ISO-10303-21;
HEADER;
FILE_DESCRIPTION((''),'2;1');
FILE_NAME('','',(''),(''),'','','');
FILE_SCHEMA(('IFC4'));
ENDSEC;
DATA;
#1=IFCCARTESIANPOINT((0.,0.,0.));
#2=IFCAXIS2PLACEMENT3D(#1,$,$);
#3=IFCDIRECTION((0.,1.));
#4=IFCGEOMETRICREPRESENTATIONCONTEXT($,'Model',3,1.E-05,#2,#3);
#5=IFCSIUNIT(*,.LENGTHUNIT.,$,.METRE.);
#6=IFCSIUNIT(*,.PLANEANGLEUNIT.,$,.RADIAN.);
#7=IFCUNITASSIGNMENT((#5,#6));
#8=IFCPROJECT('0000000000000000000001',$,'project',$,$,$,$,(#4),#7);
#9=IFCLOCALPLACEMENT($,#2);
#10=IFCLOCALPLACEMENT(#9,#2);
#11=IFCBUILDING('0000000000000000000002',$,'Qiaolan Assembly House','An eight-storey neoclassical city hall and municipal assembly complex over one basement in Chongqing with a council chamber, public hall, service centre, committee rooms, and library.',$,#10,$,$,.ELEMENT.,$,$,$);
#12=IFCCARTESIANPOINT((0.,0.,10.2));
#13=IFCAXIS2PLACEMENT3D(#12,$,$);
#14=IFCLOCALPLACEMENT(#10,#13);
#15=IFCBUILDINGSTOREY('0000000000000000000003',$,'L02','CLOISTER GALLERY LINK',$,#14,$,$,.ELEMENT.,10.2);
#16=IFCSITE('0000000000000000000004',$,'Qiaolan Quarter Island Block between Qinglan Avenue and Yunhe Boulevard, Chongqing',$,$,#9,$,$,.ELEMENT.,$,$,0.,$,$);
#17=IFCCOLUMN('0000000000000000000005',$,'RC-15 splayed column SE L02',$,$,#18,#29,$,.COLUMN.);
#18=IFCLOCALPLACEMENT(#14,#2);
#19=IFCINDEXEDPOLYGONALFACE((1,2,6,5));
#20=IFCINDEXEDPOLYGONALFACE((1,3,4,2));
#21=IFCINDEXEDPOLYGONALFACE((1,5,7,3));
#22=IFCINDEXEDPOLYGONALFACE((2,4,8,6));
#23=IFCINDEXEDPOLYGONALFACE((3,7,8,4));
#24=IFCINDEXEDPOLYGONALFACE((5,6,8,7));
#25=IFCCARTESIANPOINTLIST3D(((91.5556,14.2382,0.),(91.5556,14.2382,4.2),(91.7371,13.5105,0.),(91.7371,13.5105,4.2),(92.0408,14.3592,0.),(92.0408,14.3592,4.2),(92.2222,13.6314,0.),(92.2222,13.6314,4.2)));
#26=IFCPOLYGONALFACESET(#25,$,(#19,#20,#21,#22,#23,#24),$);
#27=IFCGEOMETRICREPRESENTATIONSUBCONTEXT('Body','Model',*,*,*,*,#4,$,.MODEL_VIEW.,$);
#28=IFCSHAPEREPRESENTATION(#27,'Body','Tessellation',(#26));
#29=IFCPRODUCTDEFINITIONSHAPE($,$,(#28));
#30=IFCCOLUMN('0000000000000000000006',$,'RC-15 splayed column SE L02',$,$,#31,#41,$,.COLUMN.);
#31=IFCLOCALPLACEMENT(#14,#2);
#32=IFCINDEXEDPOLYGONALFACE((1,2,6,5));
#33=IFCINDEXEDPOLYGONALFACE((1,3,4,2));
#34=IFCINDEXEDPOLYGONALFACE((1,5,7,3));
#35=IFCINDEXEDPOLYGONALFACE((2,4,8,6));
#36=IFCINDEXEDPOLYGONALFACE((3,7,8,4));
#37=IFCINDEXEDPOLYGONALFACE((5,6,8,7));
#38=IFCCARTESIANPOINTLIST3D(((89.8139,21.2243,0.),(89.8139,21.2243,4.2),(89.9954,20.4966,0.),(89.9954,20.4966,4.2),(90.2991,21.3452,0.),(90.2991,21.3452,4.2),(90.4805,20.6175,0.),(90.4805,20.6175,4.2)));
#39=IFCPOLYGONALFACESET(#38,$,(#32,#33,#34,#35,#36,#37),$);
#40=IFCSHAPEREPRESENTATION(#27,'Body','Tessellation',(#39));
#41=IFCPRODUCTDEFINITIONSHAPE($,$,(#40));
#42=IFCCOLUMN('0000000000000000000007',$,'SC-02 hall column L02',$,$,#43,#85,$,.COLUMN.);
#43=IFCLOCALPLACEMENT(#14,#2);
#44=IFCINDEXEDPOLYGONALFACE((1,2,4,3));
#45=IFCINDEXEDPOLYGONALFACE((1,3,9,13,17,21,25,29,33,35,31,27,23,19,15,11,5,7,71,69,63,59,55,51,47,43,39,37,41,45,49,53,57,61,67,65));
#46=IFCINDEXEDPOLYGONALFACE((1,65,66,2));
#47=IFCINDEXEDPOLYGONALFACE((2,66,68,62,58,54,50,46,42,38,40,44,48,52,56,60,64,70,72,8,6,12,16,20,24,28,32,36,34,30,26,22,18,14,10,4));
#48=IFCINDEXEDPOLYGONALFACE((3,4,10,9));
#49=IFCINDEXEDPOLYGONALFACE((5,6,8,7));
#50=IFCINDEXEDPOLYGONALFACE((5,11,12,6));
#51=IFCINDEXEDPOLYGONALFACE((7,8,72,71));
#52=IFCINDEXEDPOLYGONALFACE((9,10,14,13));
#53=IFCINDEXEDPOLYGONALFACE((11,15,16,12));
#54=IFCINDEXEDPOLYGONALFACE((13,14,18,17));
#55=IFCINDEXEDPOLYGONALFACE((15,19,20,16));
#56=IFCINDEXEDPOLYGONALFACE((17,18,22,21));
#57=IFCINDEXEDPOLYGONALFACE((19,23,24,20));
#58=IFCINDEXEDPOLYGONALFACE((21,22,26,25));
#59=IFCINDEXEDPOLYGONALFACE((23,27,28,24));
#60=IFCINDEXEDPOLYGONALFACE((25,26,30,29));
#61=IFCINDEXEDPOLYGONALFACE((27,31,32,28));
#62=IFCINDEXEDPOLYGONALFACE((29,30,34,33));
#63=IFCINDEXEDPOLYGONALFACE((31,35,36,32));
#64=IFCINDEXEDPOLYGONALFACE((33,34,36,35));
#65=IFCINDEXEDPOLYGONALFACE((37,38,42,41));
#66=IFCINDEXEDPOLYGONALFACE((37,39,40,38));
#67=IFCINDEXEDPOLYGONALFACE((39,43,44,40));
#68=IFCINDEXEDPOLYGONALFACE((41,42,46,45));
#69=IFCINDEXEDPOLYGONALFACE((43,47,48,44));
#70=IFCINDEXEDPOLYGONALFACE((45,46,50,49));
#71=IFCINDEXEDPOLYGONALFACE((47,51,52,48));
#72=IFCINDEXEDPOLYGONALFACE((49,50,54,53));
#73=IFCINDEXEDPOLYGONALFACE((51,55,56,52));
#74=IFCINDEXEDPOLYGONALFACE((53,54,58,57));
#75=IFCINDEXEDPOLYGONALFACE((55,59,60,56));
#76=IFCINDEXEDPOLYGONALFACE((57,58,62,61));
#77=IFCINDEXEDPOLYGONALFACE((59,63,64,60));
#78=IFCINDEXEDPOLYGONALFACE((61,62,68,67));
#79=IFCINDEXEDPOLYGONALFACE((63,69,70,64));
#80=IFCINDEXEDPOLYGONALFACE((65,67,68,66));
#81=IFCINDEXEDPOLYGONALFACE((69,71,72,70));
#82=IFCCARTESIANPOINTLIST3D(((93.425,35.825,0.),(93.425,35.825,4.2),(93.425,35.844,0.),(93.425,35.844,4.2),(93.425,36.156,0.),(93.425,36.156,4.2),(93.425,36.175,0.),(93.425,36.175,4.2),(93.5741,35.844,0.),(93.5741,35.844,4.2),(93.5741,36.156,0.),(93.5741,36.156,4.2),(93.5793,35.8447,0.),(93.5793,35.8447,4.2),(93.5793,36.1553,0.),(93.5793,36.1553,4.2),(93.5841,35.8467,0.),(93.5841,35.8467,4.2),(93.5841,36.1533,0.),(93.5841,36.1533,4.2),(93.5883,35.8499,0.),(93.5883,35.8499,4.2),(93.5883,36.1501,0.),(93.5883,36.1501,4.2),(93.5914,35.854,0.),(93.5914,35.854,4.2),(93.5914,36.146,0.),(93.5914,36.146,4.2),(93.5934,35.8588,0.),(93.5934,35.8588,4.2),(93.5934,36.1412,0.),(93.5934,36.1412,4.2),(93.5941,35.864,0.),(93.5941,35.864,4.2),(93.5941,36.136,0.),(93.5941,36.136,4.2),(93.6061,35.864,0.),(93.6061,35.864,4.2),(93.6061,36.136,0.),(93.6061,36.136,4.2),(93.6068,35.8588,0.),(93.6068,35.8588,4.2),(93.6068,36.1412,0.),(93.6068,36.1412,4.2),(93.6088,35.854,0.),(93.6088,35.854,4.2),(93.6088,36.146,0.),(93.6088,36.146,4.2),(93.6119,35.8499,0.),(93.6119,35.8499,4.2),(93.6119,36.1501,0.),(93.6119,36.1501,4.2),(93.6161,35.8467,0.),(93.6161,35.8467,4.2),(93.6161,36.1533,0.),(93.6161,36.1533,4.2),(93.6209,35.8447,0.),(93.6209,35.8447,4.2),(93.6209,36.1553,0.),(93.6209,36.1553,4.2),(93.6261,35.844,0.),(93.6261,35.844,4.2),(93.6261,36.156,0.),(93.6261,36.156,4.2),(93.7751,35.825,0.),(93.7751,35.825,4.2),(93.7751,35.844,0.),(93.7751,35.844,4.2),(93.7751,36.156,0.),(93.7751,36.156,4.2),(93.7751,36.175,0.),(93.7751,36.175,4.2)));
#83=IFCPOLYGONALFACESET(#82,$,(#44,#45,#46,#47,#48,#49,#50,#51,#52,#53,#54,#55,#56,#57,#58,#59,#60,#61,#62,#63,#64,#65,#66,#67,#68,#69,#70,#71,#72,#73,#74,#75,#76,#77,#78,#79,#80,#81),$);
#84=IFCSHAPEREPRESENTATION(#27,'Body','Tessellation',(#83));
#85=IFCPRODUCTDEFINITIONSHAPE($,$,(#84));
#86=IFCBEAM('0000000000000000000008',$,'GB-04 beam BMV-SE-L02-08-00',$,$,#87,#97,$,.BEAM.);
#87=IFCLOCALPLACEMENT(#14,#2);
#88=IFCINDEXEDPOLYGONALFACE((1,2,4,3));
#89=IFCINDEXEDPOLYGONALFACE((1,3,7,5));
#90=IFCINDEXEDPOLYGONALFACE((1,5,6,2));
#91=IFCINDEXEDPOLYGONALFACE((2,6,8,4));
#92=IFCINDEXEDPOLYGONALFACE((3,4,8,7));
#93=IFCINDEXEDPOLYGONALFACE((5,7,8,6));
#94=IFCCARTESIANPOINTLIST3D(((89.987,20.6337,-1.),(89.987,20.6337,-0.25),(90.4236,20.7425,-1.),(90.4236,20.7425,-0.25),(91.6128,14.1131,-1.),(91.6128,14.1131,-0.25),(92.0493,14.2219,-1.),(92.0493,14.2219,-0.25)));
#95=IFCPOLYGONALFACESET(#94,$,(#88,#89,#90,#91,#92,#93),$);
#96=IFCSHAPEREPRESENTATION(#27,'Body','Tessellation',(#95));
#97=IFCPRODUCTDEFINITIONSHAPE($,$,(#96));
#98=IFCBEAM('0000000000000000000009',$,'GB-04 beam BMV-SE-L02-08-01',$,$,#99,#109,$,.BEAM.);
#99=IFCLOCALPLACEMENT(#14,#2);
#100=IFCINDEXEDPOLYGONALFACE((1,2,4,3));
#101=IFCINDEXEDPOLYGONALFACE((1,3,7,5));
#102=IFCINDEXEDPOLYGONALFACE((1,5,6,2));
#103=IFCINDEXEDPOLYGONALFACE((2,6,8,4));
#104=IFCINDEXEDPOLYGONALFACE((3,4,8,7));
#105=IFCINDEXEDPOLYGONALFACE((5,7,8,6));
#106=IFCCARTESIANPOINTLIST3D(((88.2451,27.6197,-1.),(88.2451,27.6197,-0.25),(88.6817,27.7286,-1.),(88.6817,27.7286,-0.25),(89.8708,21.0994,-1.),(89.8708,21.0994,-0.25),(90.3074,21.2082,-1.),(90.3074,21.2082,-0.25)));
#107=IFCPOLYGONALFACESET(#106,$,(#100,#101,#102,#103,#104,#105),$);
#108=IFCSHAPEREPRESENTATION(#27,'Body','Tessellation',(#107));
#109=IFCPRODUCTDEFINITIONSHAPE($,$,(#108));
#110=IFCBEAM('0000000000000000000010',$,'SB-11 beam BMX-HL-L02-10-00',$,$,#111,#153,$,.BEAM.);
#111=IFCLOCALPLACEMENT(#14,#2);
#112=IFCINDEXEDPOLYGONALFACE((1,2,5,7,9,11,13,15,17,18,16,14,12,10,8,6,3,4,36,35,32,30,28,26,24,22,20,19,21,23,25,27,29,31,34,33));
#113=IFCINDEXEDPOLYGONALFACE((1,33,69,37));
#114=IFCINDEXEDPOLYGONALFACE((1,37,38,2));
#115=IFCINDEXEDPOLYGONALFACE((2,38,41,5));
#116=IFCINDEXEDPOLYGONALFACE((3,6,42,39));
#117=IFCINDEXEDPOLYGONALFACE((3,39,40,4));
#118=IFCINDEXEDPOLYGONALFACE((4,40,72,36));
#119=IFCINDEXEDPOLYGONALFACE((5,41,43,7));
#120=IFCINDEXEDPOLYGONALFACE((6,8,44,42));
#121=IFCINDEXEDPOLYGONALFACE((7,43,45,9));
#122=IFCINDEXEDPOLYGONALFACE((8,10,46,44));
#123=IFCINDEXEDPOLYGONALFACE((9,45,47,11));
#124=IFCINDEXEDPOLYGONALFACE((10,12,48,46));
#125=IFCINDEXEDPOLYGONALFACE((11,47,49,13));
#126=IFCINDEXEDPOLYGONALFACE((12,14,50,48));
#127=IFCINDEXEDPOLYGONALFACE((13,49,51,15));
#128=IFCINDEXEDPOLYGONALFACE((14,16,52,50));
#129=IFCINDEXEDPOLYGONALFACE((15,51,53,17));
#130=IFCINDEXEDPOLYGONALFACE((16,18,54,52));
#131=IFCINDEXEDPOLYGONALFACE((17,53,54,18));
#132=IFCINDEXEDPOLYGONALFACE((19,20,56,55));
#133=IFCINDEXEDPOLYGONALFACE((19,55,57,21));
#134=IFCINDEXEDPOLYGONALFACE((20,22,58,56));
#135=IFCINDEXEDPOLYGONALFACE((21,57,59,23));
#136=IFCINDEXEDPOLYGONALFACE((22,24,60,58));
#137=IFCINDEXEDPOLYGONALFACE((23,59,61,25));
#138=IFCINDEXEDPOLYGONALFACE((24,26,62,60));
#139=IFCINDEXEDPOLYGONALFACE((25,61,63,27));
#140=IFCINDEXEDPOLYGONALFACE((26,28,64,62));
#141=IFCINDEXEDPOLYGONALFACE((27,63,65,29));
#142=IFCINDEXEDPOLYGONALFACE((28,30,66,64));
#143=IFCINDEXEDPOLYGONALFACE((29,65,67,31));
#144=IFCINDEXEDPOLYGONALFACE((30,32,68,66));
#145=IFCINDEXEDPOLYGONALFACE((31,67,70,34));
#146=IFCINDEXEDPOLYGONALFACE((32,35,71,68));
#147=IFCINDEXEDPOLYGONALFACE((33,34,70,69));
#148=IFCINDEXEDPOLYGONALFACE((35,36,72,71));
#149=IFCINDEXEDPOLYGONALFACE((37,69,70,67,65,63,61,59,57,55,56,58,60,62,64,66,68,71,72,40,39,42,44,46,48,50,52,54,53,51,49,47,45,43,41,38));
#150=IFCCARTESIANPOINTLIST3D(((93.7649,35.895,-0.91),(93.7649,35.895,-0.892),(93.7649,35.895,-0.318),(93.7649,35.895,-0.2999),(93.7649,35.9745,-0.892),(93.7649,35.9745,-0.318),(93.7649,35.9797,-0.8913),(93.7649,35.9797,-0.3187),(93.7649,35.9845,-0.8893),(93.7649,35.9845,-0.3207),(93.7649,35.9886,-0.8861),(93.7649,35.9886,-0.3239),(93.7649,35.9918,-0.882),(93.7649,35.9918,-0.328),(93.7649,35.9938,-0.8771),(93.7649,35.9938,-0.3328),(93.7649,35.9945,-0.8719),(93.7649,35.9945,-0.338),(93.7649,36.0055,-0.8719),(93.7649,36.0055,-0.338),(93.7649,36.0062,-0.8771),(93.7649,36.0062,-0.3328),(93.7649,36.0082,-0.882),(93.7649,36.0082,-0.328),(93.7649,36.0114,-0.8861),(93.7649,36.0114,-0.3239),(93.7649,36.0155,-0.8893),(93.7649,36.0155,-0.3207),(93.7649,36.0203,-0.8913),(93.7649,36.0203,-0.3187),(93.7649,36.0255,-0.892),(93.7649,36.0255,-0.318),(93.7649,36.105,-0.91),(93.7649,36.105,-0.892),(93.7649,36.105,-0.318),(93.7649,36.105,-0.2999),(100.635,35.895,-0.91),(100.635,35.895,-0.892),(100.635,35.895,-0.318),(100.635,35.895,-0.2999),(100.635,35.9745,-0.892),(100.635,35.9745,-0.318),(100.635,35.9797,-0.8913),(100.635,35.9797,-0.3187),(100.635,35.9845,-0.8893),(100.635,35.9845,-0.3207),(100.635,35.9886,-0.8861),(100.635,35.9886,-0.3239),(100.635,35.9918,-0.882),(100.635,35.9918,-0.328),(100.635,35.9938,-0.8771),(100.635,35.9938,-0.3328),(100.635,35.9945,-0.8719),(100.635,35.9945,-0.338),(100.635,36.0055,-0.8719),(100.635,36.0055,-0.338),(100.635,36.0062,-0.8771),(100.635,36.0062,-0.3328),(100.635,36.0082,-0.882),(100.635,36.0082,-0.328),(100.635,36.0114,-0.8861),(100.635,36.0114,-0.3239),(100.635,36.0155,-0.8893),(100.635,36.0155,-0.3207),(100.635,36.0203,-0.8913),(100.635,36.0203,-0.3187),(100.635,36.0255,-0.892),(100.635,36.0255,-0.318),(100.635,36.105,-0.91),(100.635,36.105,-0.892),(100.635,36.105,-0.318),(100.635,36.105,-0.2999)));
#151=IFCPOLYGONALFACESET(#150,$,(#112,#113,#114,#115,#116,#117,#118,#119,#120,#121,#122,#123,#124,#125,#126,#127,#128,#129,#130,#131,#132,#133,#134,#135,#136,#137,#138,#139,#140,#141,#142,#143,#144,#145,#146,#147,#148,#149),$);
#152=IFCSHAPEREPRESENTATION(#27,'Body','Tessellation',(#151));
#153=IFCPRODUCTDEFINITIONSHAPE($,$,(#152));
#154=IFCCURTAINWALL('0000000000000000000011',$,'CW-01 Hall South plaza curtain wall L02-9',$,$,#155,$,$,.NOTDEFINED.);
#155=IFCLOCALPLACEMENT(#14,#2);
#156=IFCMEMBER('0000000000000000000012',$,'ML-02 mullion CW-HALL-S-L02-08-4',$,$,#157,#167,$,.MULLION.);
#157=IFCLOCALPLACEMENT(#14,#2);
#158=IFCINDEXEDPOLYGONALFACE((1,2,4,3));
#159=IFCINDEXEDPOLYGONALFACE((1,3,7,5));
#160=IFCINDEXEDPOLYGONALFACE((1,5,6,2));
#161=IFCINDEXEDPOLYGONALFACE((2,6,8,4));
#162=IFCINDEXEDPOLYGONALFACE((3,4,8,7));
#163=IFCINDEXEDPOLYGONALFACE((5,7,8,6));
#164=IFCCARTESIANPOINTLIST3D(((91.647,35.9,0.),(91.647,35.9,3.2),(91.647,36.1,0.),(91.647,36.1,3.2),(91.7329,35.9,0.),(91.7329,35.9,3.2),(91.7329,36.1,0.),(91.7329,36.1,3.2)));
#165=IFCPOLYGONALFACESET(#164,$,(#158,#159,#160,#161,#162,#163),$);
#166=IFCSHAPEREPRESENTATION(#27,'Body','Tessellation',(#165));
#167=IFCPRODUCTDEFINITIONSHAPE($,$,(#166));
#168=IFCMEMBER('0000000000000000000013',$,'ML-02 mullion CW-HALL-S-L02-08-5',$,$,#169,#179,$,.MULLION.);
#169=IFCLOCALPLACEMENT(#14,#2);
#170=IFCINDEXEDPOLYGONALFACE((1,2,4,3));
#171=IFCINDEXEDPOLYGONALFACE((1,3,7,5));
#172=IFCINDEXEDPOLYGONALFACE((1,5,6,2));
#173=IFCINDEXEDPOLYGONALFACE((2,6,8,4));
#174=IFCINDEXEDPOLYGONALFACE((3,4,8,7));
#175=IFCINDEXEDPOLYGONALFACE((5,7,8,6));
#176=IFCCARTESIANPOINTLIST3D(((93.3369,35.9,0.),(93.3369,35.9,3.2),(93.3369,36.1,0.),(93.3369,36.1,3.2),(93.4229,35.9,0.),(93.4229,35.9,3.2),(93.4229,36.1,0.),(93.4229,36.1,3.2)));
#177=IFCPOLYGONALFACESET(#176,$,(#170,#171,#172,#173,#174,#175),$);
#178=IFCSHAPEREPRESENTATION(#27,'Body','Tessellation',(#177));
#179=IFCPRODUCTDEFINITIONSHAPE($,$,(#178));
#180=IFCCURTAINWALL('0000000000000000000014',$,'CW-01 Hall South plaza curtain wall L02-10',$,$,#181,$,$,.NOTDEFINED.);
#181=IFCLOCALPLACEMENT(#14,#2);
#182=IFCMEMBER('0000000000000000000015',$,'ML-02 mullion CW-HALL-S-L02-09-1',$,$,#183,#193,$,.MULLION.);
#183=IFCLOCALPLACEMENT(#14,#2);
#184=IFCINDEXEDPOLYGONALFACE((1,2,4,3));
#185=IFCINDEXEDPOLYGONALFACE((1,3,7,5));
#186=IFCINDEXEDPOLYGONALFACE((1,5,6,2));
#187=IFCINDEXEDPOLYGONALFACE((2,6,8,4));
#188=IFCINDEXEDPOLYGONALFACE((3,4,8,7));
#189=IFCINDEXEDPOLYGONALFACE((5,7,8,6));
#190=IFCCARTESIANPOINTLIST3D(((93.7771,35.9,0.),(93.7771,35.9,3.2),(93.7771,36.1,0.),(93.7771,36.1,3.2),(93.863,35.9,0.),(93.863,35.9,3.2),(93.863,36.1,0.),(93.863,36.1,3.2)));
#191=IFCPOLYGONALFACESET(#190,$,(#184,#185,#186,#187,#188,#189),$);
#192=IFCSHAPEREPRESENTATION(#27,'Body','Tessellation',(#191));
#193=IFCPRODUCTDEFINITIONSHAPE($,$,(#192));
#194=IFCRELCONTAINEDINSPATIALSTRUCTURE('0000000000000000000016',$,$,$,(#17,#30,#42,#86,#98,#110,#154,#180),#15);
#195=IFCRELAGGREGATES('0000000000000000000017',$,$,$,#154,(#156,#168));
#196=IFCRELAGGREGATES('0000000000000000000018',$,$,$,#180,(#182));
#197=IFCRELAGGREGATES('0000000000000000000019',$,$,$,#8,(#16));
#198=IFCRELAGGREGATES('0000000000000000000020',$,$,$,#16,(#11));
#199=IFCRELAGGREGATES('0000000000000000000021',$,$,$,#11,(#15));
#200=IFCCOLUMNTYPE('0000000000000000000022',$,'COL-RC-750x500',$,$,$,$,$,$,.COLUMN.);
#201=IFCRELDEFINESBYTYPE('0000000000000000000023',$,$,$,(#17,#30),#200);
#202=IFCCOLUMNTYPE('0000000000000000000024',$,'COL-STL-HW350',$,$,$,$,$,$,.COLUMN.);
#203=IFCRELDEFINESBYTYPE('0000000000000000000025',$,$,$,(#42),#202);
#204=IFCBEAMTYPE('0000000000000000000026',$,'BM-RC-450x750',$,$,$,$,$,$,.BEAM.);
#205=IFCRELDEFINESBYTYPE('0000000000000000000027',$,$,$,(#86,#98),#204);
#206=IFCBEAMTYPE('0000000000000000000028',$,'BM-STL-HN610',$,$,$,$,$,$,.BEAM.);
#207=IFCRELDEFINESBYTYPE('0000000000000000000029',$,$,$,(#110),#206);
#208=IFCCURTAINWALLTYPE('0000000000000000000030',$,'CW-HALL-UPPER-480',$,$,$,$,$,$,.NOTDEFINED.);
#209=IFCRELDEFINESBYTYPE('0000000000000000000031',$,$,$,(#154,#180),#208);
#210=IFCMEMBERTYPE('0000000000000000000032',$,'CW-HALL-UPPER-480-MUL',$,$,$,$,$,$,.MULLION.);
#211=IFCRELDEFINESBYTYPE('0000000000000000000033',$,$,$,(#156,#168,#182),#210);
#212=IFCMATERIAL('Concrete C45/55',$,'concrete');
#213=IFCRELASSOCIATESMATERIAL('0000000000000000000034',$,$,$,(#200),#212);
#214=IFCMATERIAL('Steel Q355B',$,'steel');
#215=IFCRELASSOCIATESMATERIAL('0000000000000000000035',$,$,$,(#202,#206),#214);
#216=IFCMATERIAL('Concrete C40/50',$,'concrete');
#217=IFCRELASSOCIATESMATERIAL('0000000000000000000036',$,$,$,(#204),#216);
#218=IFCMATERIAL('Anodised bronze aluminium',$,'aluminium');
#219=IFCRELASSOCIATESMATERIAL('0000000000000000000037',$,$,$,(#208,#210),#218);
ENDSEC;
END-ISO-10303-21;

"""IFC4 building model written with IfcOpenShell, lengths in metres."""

from ifc_helpers import new_model, si_unit, direction, frame, origin, origin_2d, place, context, subcontext, project, spatial, rectangle, i_section, extrude, material, material_profile, profile_set, type_object, element, aggregate, save


model = new_model("IFC4")

# Units and contexts
model_context = context("Model", 3, precision=1e-05, world=origin(), true_north=direction((0.0, 1.0)))
body_context = subcontext(model_context, "Body", "Model", "MODEL_VIEW")
ifc_project = project(units=[si_unit("LENGTHUNIT", "METRE"), si_unit("PLANEANGLEUNIT", "RADIAN")], contexts=[model_context])

# Site, building, storey
site_placement = place(None, origin())
site = spatial("IfcSite", under=ifc_project, at=site_placement, Name="Qiaolan Quarter Island Block between Qinglan Avenue and Yunhe Boulevard, Chongqing", CompositionType="ELEMENT", RefElevation=0.0)
building_placement = place(site_placement, origin())
building = spatial("IfcBuilding", under=site, at=building_placement, Name="Qiaolan Assembly House", Description="An eight-storey neoclassical city hall and municipal assembly complex over one basement in Chongqing with a council chamber, public hall, service centre, committee rooms, and library.", CompositionType="ELEMENT")
storey_placement = place(building_placement, frame((0.0, 0.0, 10.2)))
storey = spatial("IfcBuildingStorey", under=building, at=storey_placement, Name="L02", Description="CLOISTER GALLERY LINK", CompositionType="ELEMENT", Elevation=10.2)

# Columns
ifc_material_1 = material(Name="Concrete C45/55", Category="concrete")
ifc_material_profile_1 = material_profile(ifc_material_1, rectangle(XDim=0.5, YDim=0.75, at=origin_2d()), Name="RC 750x500")
ifc_profile_set_1 = profile_set([ifc_material_profile_1], Name="Concrete C45/55")
column_type_1 = type_object("IfcColumnType", Name="COL-RC-750x500", PredefinedType="COLUMN", material=ifc_profile_set_1)
for number, where, z_axis, x_axis, name in (
    (1, (91.8889, 13.9348, 0.0), (0.0, 0.0, 1.0), (0.970296, 0.241922, 0.0), "RC-15 splayed column SE L02"),
    (2, (90.1472, 20.9209, 0.0), (0.0, 0.0, 1.0), (0.970296, 0.241922, 0.0), "RC-15 splayed column SE L02"),
):
    element("IfcColumn", number, at=place(storey_placement, frame(where, z_axis=z_axis, x_axis=x_axis)), inside=storey, type_object=column_type_1, Name=name, PredefinedType="COLUMN", context=body_context, shape_type="SweptSolid", body=[
        extrude(rectangle(XDim=0.5, YDim=0.75, at=origin_2d()), origin(), (0.0, 0.0, 1.0), 4.2),
    ])
ifc_material_2 = material(Name="Steel Q355B", Category="steel")
ifc_material_profile_2 = material_profile(ifc_material_2, i_section(OverallWidth=0.3501, OverallDepth=0.3501, WebThickness=0.012, FlangeThickness=0.019, FilletRadius=0.02, at=origin_2d()), Name="HW 350x350x12x19")
ifc_profile_set_2 = profile_set([ifc_material_profile_2], Name="Steel Q355B")
column_type_2 = type_object("IfcColumnType", Name="COL-STL-HW350", PredefinedType="COLUMN", material=ifc_profile_set_2)
column_placement = place(storey_placement, frame((93.6001, 36.0, 0.0), z_axis=(0.0, 0.0, 1.0), x_axis=(1.0, 0.0, 0.0)))
element("IfcColumn", 3, at=column_placement, inside=storey, type_object=column_type_2, Name="SC-02 hall column L02", PredefinedType="COLUMN", context=body_context, shape_type="SweptSolid", body=[
    extrude(i_section(OverallWidth=0.3501, OverallDepth=0.3501, WebThickness=0.012, FlangeThickness=0.019, FilletRadius=0.02, at=origin_2d()), origin(), (0.0, 0.0, 1.0), 4.2),
])

# Beams
ifc_material_3 = material(Name="Concrete C40/50", Category="concrete")
ifc_material_profile_3 = material_profile(ifc_material_3, rectangle(XDim=0.45, YDim=0.75, at=origin_2d()), Name="RCB 450x750")
ifc_profile_set_3 = profile_set([ifc_material_profile_3], Name="Concrete C40/50")
beam_type_1 = type_object("IfcBeamType", Name="BM-RC-450x750", PredefinedType="BEAM", material=ifc_profile_set_3)
beam_1_placement = place(storey_placement, frame((91.8311, 14.1675, -0.625), z_axis=(-0.24192, 0.970296, 0.0), x_axis=(-0.970296, -0.24192, 0.0)))
element("IfcBeam", 4, at=beam_1_placement, inside=storey, type_object=beam_type_1, Name="GB-04 beam BMV-SE-L02-08-00", PredefinedType="BEAM", context=body_context, shape_type="SweptSolid", body=[
    extrude(rectangle(XDim=0.45, YDim=0.75, at=origin_2d()), origin(), (0.0, 0.0, 1.0), 6.7202),
])
beam_2_placement = place(storey_placement, frame((90.0891, 21.1538, -0.625), z_axis=(-0.241929, 0.970294, 0.0), x_axis=(-0.970294, -0.241929, 0.0)))
element("IfcBeam", 5, at=beam_2_placement, inside=storey, type_object=beam_type_1, Name="GB-04 beam BMV-SE-L02-08-01", PredefinedType="BEAM", context=body_context, shape_type="SweptSolid", body=[
    extrude(rectangle(XDim=0.45, YDim=0.75, at=origin_2d()), origin(), (0.0, 0.0, 1.0), 6.72),
])
ifc_material_profile_4 = material_profile(ifc_material_2, i_section(OverallWidth=0.21, OverallDepth=0.6101, WebThickness=0.011, FlangeThickness=0.0181, FilletRadius=0.02, at=origin_2d()), Name="HN 610x210x11x18")
ifc_profile_set_4 = profile_set([ifc_material_profile_4], Name="Steel Q355B")
beam_type_2 = type_object("IfcBeamType", Name="BM-STL-HN610", PredefinedType="BEAM", material=ifc_profile_set_4)
beam_3_placement = place(storey_placement, frame((93.7649, 36.0, -0.605), z_axis=(1.0, 0.0, 0.0), x_axis=(0.0, 1.0, 0.0)))
element("IfcBeam", 6, at=beam_3_placement, inside=storey, type_object=beam_type_2, Name="SB-11 beam BMX-HL-L02-10-00", PredefinedType="BEAM", context=body_context, shape_type="SweptSolid", body=[
    extrude(i_section(OverallWidth=0.21, OverallDepth=0.6101, WebThickness=0.011, FlangeThickness=0.0181, FilletRadius=0.02, at=origin_2d()), origin(), (0.0, 0.0, 1.0), 6.8701),
])

# Curtain wall, members
ifc_material_4 = material(Name="Anodised bronze aluminium", Category="aluminium")
curtain_wall_type = type_object("IfcCurtainWallType", Name="CW-HALL-UPPER-480", PredefinedType="NOTDEFINED", material=ifc_material_4)
curtain_wall_1_placement = place(storey_placement, origin())
curtain_wall_1 = element("IfcCurtainWall", 7, at=curtain_wall_1_placement, inside=storey, type_object=curtain_wall_type, Name="CW-01 Hall South plaza curtain wall L02-9", PredefinedType="NOTDEFINED")
ifc_material_profile_5 = material_profile(ifc_material_4, rectangle(XDim=0.0859, YDim=0.2, at=origin_2d()), Name="MUL 86x200")
ifc_profile_set_5 = profile_set([ifc_material_profile_5], Name="Anodised bronze aluminium")
member_type_1 = type_object("IfcMemberType", Name="CW-HALL-UPPER-480-MUL", PredefinedType="MULLION", material=ifc_profile_set_5)
member_1_placement = place(storey_placement, frame((91.6899, 36.0, 0.0), z_axis=(0.0, 0.0, 1.0), x_axis=(1.0, 0.0, 0.0)))
member_1 = element("IfcMember", 8, at=member_1_placement, type_object=member_type_1, Name="ML-02 mullion CW-HALL-S-L02-08-4", PredefinedType="MULLION", context=body_context, shape_type="SweptSolid", body=[
    extrude(rectangle(XDim=0.0859, YDim=0.2, at=origin_2d()), origin(), (0.0, 0.0, 1.0), 3.2),
])
member_2_placement = place(storey_placement, frame((93.3799, 36.0, 0.0), z_axis=(0.0, 0.0, 1.0), x_axis=(1.0, 0.0, 0.0)))
member_2 = element("IfcMember", 9, at=member_2_placement, type_object=member_type_1, Name="ML-02 mullion CW-HALL-S-L02-08-5", PredefinedType="MULLION", context=body_context, shape_type="SweptSolid", body=[
    extrude(rectangle(XDim=0.0859, YDim=0.2, at=origin_2d()), origin(), (0.0, 0.0, 1.0), 3.2),
])

# Curtain wall, member
curtain_wall_2_placement = place(storey_placement, origin())
curtain_wall_2 = element("IfcCurtainWall", 10, at=curtain_wall_2_placement, inside=storey, type_object=curtain_wall_type, Name="CW-01 Hall South plaza curtain wall L02-10", PredefinedType="NOTDEFINED")
member_3_placement = place(storey_placement, frame((93.8201, 36.0, 0.0), z_axis=(0.0, 0.0, 1.0), x_axis=(1.0, 0.0, 0.0)))
member_3 = element("IfcMember", 11, at=member_3_placement, type_object=member_type_1, Name="ML-02 mullion CW-HALL-S-L02-09-1", PredefinedType="MULLION", context=body_context, shape_type="SweptSolid", body=[
    extrude(rectangle(XDim=0.0859, YDim=0.2, at=origin_2d()), origin(), (0.0, 0.0, 1.0), 3.2),
])

aggregate(curtain_wall_1, [member_1, member_2])
aggregate(curtain_wall_2, [member_3])

save(model, "model.ifc")
